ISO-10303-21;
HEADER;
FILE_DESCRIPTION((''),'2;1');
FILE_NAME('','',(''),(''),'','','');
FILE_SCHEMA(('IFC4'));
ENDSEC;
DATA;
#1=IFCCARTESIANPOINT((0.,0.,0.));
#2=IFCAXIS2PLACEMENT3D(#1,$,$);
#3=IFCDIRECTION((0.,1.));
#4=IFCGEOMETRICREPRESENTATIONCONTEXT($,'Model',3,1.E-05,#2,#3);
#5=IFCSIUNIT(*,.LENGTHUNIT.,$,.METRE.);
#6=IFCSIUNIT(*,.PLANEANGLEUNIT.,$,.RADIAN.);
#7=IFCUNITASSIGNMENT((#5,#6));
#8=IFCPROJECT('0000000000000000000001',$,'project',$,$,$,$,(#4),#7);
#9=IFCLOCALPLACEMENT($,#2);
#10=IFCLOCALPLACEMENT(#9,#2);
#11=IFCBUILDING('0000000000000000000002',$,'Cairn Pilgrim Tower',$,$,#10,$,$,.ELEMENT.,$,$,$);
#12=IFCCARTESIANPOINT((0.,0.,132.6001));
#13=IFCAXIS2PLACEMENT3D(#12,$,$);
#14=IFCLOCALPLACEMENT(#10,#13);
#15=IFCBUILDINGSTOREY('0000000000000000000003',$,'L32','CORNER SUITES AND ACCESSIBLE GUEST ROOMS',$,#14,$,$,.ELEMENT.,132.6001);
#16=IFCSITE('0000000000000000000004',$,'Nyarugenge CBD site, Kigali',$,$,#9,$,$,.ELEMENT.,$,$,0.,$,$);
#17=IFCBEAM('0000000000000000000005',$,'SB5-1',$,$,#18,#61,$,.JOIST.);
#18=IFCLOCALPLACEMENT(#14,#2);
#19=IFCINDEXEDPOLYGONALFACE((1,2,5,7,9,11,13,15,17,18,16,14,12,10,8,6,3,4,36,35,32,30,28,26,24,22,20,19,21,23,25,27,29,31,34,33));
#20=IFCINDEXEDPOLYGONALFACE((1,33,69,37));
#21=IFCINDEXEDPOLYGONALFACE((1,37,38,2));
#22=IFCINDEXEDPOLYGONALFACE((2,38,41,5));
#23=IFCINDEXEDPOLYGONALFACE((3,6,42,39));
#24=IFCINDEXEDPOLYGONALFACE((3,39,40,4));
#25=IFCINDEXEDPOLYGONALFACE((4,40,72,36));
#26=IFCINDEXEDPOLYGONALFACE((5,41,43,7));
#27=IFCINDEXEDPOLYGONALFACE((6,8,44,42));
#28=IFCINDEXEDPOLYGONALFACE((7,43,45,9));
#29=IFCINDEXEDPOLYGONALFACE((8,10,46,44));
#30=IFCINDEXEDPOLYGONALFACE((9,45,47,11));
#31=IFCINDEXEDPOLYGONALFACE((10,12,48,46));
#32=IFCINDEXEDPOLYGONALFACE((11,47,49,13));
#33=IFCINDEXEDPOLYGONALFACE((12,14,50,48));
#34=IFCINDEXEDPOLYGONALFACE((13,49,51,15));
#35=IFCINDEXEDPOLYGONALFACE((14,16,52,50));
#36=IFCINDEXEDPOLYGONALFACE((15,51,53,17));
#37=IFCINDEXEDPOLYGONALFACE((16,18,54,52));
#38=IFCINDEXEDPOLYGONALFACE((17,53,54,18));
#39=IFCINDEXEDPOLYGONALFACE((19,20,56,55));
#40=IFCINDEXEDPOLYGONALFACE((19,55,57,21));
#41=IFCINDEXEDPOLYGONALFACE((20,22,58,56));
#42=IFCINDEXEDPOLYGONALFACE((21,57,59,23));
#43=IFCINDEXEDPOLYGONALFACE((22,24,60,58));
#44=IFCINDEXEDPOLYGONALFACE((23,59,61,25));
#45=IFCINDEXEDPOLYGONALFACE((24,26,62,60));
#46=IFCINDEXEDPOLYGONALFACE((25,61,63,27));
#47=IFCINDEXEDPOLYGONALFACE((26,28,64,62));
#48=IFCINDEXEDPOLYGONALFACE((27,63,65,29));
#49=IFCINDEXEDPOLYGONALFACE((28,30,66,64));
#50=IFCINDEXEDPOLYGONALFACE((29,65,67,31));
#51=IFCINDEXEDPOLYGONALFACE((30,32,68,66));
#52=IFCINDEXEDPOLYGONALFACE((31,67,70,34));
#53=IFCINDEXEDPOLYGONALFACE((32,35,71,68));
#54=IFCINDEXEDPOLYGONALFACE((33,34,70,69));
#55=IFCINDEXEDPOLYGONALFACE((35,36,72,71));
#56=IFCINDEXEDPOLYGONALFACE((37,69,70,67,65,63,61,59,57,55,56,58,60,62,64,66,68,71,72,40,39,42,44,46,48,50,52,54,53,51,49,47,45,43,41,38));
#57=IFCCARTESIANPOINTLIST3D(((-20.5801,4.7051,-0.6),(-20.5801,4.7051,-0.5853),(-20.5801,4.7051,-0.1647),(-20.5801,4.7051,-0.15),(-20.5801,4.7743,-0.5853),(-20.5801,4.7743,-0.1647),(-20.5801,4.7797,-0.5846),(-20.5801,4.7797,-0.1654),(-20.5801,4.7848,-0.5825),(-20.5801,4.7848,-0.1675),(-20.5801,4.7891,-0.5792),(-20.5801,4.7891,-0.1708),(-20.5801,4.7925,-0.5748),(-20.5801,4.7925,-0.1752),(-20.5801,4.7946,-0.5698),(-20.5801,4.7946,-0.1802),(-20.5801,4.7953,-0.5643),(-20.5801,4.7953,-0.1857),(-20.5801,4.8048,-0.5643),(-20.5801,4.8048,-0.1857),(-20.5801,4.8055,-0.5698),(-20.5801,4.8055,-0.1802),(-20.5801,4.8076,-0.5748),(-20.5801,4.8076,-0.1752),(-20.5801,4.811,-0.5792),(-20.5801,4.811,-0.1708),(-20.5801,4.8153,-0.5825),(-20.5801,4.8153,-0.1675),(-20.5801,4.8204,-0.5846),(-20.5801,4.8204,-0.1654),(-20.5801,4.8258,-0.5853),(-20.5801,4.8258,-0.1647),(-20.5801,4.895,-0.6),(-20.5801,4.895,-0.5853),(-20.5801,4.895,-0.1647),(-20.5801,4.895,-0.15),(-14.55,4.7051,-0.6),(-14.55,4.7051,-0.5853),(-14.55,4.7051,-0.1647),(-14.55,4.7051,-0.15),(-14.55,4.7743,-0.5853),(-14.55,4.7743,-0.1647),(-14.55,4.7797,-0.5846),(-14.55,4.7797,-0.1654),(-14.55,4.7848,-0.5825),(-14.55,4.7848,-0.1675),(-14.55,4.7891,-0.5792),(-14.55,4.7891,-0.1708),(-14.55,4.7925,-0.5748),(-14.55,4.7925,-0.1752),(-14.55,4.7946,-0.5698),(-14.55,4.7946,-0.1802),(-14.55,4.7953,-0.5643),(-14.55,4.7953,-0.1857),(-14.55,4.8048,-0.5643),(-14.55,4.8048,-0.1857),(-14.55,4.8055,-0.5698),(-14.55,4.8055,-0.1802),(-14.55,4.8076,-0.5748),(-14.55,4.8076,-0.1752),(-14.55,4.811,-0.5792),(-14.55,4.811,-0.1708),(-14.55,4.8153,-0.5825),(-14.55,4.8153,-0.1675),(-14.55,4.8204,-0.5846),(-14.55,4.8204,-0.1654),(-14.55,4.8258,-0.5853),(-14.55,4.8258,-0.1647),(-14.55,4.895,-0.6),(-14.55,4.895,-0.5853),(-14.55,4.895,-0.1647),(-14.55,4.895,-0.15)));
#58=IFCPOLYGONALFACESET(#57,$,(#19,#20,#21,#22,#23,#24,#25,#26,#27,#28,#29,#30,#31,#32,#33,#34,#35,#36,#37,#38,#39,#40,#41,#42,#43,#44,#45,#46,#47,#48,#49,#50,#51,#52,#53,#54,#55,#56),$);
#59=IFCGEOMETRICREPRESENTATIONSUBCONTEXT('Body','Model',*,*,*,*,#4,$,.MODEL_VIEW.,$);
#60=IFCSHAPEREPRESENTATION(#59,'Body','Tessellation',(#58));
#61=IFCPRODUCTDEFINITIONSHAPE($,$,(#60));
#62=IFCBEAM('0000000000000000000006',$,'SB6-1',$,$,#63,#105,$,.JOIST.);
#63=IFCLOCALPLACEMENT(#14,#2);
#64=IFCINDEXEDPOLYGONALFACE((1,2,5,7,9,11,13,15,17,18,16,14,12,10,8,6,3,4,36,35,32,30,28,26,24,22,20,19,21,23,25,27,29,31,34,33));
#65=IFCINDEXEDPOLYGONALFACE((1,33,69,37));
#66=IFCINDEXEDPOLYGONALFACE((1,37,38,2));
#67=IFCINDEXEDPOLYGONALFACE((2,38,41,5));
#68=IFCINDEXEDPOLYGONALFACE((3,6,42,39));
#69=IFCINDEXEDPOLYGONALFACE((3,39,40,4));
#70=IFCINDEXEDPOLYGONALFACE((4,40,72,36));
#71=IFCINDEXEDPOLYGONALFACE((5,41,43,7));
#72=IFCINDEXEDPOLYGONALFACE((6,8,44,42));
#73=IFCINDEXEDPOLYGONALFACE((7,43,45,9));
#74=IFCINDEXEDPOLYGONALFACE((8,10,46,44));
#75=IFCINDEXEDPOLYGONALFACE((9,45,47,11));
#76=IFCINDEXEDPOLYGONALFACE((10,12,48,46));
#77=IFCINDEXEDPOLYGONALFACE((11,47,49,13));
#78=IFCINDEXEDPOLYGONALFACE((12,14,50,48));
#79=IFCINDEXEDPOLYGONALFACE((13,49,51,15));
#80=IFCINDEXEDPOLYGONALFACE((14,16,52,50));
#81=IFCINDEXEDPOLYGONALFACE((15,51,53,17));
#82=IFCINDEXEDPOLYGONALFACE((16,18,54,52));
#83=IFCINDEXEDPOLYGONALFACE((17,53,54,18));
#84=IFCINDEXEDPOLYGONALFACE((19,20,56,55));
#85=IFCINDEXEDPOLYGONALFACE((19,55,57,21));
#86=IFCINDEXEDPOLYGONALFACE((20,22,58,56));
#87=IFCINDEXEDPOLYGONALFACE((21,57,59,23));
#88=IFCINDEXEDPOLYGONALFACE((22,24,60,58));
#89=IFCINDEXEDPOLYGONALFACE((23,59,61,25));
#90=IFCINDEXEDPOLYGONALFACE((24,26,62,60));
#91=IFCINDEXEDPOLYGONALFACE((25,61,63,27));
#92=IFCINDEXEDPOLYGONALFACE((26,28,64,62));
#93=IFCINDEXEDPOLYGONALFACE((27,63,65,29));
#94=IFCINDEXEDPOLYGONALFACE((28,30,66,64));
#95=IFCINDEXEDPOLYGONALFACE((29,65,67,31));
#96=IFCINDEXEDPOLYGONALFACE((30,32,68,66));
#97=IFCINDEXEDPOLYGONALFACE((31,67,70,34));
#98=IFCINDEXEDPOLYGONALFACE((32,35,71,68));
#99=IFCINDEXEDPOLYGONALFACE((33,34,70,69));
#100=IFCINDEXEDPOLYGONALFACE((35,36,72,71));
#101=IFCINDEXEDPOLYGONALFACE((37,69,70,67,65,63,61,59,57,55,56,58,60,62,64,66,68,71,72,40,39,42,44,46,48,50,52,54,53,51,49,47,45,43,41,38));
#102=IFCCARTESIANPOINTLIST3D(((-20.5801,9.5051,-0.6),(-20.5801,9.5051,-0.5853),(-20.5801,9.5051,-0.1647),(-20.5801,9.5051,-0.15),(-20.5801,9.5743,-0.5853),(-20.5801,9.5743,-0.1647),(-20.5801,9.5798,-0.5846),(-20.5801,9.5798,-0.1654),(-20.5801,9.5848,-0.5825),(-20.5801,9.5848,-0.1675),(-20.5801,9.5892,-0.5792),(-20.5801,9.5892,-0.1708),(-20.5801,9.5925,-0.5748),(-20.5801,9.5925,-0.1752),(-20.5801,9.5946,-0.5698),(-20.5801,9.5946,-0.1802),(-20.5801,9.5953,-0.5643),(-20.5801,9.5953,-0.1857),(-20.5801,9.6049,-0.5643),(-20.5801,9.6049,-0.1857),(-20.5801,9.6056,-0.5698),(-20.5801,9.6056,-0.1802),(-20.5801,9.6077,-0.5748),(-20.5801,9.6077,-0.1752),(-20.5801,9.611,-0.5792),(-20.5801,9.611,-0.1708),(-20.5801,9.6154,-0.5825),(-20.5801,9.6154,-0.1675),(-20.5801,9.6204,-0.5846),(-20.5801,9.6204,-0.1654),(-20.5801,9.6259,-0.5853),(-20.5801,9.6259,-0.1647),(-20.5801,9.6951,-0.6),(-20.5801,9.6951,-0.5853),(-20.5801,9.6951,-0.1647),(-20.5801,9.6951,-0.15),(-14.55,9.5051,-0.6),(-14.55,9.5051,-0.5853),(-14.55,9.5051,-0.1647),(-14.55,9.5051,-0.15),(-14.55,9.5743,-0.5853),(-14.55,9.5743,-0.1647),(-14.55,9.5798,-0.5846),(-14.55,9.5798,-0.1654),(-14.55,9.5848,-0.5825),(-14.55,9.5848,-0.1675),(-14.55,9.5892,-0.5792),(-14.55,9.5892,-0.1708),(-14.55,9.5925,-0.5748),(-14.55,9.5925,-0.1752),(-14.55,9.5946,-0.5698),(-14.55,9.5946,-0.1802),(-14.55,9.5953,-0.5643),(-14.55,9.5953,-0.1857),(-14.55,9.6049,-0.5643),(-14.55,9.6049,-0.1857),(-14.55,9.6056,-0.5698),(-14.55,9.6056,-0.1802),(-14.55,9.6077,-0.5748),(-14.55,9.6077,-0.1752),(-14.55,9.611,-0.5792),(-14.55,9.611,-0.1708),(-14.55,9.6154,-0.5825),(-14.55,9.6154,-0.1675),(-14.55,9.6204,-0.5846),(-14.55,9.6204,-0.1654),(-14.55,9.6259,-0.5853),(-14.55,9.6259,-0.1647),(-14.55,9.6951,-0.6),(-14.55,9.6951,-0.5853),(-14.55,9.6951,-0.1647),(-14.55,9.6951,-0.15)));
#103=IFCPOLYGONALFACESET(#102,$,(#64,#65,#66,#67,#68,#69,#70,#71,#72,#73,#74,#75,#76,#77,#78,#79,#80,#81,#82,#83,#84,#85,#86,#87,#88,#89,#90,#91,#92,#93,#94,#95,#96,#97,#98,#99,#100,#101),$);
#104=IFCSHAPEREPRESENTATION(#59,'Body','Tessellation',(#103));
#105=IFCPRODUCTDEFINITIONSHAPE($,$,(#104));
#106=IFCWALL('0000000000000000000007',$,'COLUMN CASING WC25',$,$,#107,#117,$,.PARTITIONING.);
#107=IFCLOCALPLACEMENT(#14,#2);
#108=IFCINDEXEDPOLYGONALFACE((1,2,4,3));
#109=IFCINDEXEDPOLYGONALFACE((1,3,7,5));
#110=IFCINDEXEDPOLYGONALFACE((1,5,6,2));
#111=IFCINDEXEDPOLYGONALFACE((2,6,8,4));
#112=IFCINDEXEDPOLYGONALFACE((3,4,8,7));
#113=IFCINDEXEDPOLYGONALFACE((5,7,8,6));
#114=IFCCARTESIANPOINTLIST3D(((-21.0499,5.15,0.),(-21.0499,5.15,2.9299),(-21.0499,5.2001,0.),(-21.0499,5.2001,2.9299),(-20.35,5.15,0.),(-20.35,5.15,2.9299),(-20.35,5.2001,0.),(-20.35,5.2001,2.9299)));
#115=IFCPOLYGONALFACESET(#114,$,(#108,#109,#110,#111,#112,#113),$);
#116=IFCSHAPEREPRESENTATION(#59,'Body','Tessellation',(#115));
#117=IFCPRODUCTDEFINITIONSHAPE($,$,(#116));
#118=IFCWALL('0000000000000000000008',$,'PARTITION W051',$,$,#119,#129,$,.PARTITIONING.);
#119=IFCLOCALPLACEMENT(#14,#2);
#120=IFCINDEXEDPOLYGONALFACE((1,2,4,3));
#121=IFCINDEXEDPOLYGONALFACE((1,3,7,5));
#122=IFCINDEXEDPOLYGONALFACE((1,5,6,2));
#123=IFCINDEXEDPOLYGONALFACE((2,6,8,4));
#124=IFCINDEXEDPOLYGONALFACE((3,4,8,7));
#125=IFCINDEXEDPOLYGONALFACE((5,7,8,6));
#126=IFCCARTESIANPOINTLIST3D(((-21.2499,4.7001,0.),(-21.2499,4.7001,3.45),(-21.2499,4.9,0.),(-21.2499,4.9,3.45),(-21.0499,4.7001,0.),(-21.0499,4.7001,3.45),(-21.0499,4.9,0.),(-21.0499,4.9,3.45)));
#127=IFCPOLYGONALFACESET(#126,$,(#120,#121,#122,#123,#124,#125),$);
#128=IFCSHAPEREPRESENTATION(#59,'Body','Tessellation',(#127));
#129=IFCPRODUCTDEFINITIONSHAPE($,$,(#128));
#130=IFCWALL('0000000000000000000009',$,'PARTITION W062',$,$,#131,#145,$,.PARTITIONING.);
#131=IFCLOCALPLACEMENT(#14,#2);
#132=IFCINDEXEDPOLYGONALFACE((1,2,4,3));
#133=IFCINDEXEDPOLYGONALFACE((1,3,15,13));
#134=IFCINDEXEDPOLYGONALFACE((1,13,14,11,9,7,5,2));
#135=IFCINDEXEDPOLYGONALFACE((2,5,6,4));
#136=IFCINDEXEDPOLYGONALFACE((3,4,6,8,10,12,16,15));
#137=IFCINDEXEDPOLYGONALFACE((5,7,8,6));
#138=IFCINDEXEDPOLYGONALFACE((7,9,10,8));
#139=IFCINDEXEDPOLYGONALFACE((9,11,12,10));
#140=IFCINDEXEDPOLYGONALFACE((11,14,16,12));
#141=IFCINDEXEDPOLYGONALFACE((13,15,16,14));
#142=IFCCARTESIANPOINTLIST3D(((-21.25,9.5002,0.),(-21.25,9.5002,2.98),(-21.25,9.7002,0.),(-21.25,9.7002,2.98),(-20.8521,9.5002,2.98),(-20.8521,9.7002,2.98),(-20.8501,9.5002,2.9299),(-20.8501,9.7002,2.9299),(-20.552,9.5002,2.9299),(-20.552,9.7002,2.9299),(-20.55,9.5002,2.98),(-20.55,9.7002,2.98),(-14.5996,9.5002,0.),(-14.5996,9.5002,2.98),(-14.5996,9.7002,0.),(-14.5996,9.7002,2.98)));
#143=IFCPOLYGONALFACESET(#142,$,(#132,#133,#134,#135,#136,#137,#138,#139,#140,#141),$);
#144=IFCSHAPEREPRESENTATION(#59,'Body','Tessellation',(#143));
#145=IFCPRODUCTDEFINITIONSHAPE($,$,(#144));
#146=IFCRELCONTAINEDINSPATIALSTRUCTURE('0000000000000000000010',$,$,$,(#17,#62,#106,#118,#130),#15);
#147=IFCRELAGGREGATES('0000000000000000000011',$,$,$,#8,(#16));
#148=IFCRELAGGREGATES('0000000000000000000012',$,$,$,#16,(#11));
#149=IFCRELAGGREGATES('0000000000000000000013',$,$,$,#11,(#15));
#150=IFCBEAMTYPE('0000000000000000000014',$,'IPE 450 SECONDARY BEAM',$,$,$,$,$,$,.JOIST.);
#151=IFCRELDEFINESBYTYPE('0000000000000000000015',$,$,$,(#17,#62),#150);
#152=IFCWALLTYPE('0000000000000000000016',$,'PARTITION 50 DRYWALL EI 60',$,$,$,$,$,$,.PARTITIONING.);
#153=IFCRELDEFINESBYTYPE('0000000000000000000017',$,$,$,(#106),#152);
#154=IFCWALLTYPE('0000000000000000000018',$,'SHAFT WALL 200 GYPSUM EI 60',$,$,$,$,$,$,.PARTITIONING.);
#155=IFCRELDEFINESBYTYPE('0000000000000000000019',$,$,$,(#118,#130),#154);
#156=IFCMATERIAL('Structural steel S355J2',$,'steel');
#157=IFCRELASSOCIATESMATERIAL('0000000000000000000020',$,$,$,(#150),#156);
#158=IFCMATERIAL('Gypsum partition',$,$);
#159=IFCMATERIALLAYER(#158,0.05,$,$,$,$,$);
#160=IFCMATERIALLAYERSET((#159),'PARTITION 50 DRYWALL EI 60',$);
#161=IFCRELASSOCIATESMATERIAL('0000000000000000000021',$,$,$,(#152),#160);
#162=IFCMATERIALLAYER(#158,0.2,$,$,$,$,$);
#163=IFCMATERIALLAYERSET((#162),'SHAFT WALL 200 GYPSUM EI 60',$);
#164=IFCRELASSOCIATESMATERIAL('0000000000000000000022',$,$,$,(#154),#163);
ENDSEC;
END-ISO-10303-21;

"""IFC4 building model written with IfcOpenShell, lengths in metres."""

from ifc_helpers import new_model, si_unit, direction, frame, frame_2d, origin, origin_2d, place, context, subcontext, project, spatial, polyline, rectangle, i_section, outline, extrude, material, layer, layer_set, material_profile, profile_set, type_object, element, save


model = new_model("IFC4")

# Units and contexts
model_context = context("Model", 3, precision=1e-05, world=origin(), true_north=direction((0.0, 1.0)))
body_context = subcontext(model_context, "Body", "Model", "MODEL_VIEW")
ifc_project = project(units=[si_unit("LENGTHUNIT", "METRE"), si_unit("PLANEANGLEUNIT", "RADIAN")], contexts=[model_context])

# Site, building, storey
site_placement = place(None, origin())
site = spatial("IfcSite", under=ifc_project, at=site_placement, Name="Nyarugenge CBD site, Kigali", CompositionType="ELEMENT", RefElevation=0.0)
building_placement = place(site_placement, origin())
building = spatial("IfcBuilding", under=site, at=building_placement, Name="Cairn Pilgrim Tower", CompositionType="ELEMENT")
storey_placement = place(building_placement, frame((0.0, 0.0, 132.6001)))
storey = spatial("IfcBuildingStorey", under=building, at=storey_placement, Name="L32", Description="CORNER SUITES AND ACCESSIBLE GUEST ROOMS", CompositionType="ELEMENT", Elevation=132.6001)

# Beams
ifc_material_1 = material(Name="Structural steel S355J2", Category="steel")
ifc_material_profile_1 = material_profile(ifc_material_1, i_section(OverallWidth=0.1899, OverallDepth=0.45, WebThickness=0.0095, FlangeThickness=0.0146, FilletRadius=0.021, at=origin_2d()), Name="IPE 450")
ifc_profile_set_1 = profile_set([ifc_material_profile_1], Name="Structural steel S355J2")
beam_type_1 = type_object("IfcBeamType", Name="IPE 450 SECONDARY BEAM", PredefinedType="JOIST", material=ifc_profile_set_1)
for number, where, z_axis, x_axis, name in (
    (1, (-20.5801, 4.8, -0.375), (1.0, 0.0, 0.0), (0.0, 1.0, 0.0), "SB5-1"),
    (2, (-20.5801, 9.6001, -0.375), (1.0, 0.0, 0.0), (0.0, 1.0, 0.0), "SB6-1"),
):
    element("IfcBeam", number, at=place(storey_placement, frame(where, z_axis=z_axis, x_axis=x_axis)), inside=storey, type_object=beam_type_1, Name=name, PredefinedType="JOIST", context=body_context, shape_type="SweptSolid", body=[
        extrude(i_section(OverallWidth=0.1899, OverallDepth=0.45, WebThickness=0.0095, FlangeThickness=0.0146, FilletRadius=0.021, at=origin_2d()), origin(), (0.0, 0.0, 1.0), 6.03),
    ])

# Walls
ifc_material_2 = material(Name="Gypsum partition")
ifc_layer_1 = layer(ifc_material_2, 0.05)
ifc_layer_set_1 = layer_set([ifc_layer_1], Name="PARTITION 50 DRYWALL EI 60")
wall_type_1 = type_object("IfcWallType", Name="PARTITION 50 DRYWALL EI 60", PredefinedType="PARTITIONING", material=ifc_layer_set_1)
wall_1_placement = place(storey_placement, frame((-21.05, 5.175, 0.0), z_axis=(0.0, 0.0, 1.0), x_axis=(1.0, 0.0, 0.0)))
element("IfcWall", 3, at=wall_1_placement, inside=storey, type_object=wall_type_1, Name="COLUMN CASING WC25", PredefinedType="PARTITIONING", context=body_context, shape_type="SweptSolid", body=[
    extrude(rectangle(XDim=0.7, YDim=0.05, at=frame_2d((0.3501, 0.0))), origin(), (0.0, 0.0, 1.0), 2.9299),
])
ifc_layer_2 = layer(ifc_material_2, 0.2)
ifc_layer_set_2 = layer_set([ifc_layer_2], Name="SHAFT WALL 200 GYPSUM EI 60")
wall_type_2 = type_object("IfcWallType", Name="SHAFT WALL 200 GYPSUM EI 60", PredefinedType="PARTITIONING", material=ifc_layer_set_2)
wall_2_placement = place(storey_placement, frame((-21.25, 4.8, 0.0), z_axis=(0.0, 0.0, 1.0), x_axis=(1.0, 0.0, 0.0)))
element("IfcWall", 4, at=wall_2_placement, inside=storey, type_object=wall_type_2, Name="PARTITION W051", PredefinedType="PARTITIONING", context=body_context, shape_type="SweptSolid", body=[
    extrude(rectangle(XDim=0.2, YDim=0.2, at=frame_2d((0.1001, 0.0))), origin(), (0.0, 0.0, 1.0), 3.45),
])
wall_3_placement = place(storey_placement, frame((-21.25, 9.6001, 0.0), z_axis=(0.0, 0.0, 1.0), x_axis=(1.0, 0.0, 0.0)))
element("IfcWall", 5, at=wall_3_placement, inside=storey, type_object=wall_type_2, Name="PARTITION W062", PredefinedType="PARTITIONING", context=body_context, shape_type="SweptSolid", body=[
    extrude(outline(polyline([(0.0, 0.0), (6.6504, 0.0), (6.6504, 2.98), (0.7, 2.98), (0.698, 2.9299), (0.3999, 2.9299), (0.3979, 2.98), (0.0, 2.98), (0.0, 0.0)])), frame((0.0, 0.1001, 0.0), z_axis=(0.0, -1.0, 0.0), x_axis=(1.0, 0.0, 0.0)), (0.0, 0.0, 1.0), 0.2),
])

save(model, "model.ifc")
